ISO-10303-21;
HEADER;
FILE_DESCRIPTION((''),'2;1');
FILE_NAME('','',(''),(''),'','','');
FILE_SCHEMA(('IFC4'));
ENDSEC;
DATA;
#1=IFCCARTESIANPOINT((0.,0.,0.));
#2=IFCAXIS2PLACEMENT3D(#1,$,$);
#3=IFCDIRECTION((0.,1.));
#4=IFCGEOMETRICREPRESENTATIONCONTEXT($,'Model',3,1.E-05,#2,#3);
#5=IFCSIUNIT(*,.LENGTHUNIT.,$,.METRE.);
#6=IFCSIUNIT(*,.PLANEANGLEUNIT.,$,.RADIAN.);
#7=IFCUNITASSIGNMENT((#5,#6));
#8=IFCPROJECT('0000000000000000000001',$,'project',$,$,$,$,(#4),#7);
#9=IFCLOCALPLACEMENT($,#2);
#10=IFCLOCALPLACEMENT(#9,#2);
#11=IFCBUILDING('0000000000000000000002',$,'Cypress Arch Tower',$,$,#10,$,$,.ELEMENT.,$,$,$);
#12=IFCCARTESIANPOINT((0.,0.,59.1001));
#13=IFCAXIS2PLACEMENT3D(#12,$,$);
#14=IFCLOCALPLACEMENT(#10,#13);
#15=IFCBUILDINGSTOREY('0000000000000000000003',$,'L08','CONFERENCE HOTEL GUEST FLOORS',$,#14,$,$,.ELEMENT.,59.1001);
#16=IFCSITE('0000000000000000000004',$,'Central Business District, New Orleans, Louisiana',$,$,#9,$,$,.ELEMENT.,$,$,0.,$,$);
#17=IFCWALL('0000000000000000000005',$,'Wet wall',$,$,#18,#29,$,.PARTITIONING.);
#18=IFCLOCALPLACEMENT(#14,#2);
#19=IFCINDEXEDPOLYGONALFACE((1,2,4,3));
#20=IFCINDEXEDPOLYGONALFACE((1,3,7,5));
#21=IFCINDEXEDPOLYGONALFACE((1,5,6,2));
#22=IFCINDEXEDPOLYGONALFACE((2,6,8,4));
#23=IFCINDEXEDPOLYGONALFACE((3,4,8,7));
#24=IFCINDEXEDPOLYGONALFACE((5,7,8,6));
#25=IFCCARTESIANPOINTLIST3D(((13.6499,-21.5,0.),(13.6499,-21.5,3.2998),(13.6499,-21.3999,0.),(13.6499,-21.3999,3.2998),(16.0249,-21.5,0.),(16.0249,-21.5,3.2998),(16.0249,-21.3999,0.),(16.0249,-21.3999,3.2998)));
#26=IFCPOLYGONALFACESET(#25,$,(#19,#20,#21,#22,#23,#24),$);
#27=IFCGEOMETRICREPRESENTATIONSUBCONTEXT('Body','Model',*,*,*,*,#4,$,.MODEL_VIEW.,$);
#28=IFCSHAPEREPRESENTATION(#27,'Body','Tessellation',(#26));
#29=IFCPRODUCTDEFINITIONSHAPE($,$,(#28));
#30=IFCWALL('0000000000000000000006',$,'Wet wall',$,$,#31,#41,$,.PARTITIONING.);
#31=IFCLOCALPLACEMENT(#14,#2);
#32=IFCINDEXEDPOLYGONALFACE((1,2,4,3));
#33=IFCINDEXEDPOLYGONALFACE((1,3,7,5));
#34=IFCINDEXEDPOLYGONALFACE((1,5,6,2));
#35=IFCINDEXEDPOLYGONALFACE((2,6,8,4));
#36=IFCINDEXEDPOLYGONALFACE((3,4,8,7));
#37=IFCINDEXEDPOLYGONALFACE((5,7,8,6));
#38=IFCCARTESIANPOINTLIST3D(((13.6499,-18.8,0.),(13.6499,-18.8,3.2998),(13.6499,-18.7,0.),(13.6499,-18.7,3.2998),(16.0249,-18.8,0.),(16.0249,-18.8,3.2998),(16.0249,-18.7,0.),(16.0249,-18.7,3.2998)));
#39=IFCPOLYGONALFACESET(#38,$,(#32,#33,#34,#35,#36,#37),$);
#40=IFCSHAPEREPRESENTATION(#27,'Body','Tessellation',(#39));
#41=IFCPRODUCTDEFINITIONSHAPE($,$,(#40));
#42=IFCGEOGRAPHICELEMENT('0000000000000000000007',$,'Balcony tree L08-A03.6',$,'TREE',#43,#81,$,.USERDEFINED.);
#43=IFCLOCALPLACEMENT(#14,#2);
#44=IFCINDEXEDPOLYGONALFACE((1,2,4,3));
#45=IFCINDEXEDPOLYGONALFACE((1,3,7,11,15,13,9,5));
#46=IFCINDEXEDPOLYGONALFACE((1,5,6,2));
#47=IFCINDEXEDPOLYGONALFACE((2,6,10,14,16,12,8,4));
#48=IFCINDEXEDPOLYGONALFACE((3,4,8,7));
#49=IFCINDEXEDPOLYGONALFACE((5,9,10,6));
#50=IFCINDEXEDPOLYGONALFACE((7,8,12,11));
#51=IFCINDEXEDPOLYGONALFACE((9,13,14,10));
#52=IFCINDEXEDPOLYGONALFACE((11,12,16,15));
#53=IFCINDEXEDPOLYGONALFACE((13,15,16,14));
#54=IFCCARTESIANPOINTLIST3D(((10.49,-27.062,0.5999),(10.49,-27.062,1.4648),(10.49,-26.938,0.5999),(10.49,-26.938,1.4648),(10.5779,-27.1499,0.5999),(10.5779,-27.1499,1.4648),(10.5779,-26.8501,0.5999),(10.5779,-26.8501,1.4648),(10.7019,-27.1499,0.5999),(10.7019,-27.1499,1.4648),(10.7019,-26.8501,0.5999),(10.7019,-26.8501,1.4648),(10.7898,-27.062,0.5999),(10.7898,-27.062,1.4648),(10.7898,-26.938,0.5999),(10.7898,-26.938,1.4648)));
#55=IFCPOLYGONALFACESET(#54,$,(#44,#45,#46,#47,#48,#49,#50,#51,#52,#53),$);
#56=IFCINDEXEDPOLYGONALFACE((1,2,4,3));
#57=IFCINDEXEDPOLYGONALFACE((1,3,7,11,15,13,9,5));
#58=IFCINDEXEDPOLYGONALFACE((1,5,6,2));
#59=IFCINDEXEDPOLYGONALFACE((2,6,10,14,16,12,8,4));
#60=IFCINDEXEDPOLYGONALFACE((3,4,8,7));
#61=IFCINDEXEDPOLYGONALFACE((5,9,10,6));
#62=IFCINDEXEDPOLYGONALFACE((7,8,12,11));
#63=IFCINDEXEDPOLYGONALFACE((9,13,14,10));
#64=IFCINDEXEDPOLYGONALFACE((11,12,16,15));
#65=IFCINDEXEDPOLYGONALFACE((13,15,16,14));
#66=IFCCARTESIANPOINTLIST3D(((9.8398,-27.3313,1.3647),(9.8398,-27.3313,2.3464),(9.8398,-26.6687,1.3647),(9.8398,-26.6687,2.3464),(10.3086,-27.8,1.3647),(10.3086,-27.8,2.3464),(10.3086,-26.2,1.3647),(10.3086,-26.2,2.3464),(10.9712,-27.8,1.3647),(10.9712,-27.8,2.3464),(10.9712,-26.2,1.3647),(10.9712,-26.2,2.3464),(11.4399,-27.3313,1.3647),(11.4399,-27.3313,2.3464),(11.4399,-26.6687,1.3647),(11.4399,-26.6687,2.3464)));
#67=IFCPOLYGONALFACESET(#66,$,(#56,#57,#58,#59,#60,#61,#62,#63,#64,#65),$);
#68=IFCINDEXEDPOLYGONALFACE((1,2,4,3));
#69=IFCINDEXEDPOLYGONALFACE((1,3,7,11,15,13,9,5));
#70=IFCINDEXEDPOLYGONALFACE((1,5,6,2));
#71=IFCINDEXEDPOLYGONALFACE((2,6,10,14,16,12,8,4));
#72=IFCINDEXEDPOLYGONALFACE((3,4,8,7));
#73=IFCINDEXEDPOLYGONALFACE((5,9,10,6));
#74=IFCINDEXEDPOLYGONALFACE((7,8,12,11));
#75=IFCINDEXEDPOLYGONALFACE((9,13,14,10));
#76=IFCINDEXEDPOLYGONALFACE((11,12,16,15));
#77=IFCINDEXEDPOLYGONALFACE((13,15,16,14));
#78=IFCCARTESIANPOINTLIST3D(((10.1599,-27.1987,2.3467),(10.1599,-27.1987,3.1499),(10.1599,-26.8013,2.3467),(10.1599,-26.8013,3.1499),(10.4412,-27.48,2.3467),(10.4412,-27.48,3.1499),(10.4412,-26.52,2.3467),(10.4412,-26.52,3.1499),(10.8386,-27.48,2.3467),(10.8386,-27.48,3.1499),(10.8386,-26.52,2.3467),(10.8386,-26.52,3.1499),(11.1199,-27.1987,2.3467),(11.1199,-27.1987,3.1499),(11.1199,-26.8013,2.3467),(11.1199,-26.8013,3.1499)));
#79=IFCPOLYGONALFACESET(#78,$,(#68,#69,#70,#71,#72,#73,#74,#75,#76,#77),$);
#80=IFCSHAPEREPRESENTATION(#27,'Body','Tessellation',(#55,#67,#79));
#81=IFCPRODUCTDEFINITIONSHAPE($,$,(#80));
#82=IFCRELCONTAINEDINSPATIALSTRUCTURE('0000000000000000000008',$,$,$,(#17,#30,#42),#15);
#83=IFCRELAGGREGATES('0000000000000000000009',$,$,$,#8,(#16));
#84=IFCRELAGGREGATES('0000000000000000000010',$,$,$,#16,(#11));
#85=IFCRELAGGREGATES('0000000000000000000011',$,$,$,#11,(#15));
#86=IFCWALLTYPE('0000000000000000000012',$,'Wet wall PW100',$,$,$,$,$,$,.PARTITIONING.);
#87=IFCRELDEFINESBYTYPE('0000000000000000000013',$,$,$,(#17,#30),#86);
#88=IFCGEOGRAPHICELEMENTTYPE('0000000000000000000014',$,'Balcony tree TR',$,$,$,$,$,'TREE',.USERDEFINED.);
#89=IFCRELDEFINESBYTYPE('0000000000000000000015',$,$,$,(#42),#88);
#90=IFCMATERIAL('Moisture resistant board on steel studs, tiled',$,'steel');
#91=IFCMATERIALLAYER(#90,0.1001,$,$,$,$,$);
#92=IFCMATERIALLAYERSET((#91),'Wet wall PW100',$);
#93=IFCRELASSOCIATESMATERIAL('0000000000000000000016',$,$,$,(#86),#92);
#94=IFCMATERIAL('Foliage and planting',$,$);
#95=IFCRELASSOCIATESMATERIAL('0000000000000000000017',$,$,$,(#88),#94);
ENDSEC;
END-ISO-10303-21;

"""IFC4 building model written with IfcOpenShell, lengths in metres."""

from ifc_helpers import new_model, si_unit, direction, frame, frame_2d, origin, place, context, subcontext, project, spatial, polyline, rectangle, outline, extrude, material, layer, layer_set, type_object, element, save


model = new_model("IFC4")

# Units and contexts
model_context = context("Model", 3, precision=1e-05, world=origin(), true_north=direction((0.0, 1.0)))
body_context = subcontext(model_context, "Body", "Model", "MODEL_VIEW")
ifc_project = project(units=[si_unit("LENGTHUNIT", "METRE"), si_unit("PLANEANGLEUNIT", "RADIAN")], contexts=[model_context])

# Site, building, storey
site_placement = place(None, origin())
site = spatial("IfcSite", under=ifc_project, at=site_placement, Name="Central Business District, New Orleans, Louisiana", CompositionType="ELEMENT", RefElevation=0.0)
building_placement = place(site_placement, origin())
building = spatial("IfcBuilding", under=site, at=building_placement, Name="Cypress Arch Tower", CompositionType="ELEMENT")
storey_placement = place(building_placement, frame((0.0, 0.0, 59.1001)))
storey = spatial("IfcBuildingStorey", under=building, at=storey_placement, Name="L08", Description="CONFERENCE HOTEL GUEST FLOORS", CompositionType="ELEMENT", Elevation=59.1001)

# Shared definitions
ifc_material_1 = material(Name="Moisture resistant board on steel studs, tiled", Category="steel")
ifc_layer_1 = layer(ifc_material_1, 0.1001)
ifc_layer_set_1 = layer_set([ifc_layer_1], Name="Wet wall PW100")
wall_type_1 = type_object("IfcWallType", Name="Wet wall PW100", PredefinedType="PARTITIONING", material=ifc_layer_set_1)

# Walls
for number, where, z_axis, x_axis, name in (
    (1, (13.6499, -21.45, 0.0), (0.0, 0.0, 1.0), (1.0, 0.0, 0.0), "Wet wall"),
    (2, (13.6499, -18.75, 0.0), (0.0, 0.0, 1.0), (1.0, 0.0, 0.0), "Wet wall"),
):
    element("IfcWall", number, at=place(storey_placement, frame(where, z_axis=z_axis, x_axis=x_axis)), inside=storey, type_object=wall_type_1, Name=name, PredefinedType="PARTITIONING", context=body_context, shape_type="SweptSolid", body=[
        extrude(rectangle(XDim=2.375, YDim=0.1001, at=frame_2d((1.1875, 0.0))), origin(), (0.0, 0.0, 1.0), 3.2998),
    ])

# Geographic element
ifc_material_2 = material(Name="Foliage and planting")
geographic_element_type = type_object("IfcGeographicElementType", Name="Balcony tree TR", ElementType="TREE", PredefinedType="USERDEFINED", material=ifc_material_2)
geographic_element_placement = place(storey_placement, frame((10.6399, -27.0, 0.5999), z_axis=(0.0, 0.0, 1.0), x_axis=(1.0, 0.0, 0.0)))
element("IfcGeographicElement", 3, at=geographic_element_placement, inside=storey, type_object=geographic_element_type, Name="Balcony tree L08-A03.6", ObjectType="TREE", PredefinedType="USERDEFINED", context=body_context, shape_type="SweptSolid", body=[
    extrude(outline(polyline([(0.1499, 0.062), (0.062, 0.1499), (-0.062, 0.1499), (-0.1499, 0.062), (-0.1499, -0.062), (-0.062, -0.1499), (0.062, -0.1499), (0.1499, -0.062), (0.1499, 0.062)])), origin(), (0.0, 0.0, 1.0), 0.865),
    extrude(outline(polyline([(0.8, 0.3313), (0.3313, 0.8), (-0.3313, 0.8), (-0.8, 0.3313), (-0.8, -0.3313), (-0.3313, -0.8), (0.3313, -0.8), (0.8, -0.3313), (0.8, 0.3313)])), frame((0.0, 0.0, 0.7649)), (0.0, 0.0, 1.0), 0.9817),
    extrude(outline(polyline([(0.48, 0.1987), (0.1987, 0.48), (-0.1987, 0.48), (-0.48, 0.1987), (-0.48, -0.1987), (-0.1987, -0.48), (0.1987, -0.48), (0.48, -0.1987), (0.48, 0.1987)])), frame((0.0, 0.0, 1.7468)), (0.0, 0.0, 1.0), 0.8032),
])

save(model, "model.ifc")
